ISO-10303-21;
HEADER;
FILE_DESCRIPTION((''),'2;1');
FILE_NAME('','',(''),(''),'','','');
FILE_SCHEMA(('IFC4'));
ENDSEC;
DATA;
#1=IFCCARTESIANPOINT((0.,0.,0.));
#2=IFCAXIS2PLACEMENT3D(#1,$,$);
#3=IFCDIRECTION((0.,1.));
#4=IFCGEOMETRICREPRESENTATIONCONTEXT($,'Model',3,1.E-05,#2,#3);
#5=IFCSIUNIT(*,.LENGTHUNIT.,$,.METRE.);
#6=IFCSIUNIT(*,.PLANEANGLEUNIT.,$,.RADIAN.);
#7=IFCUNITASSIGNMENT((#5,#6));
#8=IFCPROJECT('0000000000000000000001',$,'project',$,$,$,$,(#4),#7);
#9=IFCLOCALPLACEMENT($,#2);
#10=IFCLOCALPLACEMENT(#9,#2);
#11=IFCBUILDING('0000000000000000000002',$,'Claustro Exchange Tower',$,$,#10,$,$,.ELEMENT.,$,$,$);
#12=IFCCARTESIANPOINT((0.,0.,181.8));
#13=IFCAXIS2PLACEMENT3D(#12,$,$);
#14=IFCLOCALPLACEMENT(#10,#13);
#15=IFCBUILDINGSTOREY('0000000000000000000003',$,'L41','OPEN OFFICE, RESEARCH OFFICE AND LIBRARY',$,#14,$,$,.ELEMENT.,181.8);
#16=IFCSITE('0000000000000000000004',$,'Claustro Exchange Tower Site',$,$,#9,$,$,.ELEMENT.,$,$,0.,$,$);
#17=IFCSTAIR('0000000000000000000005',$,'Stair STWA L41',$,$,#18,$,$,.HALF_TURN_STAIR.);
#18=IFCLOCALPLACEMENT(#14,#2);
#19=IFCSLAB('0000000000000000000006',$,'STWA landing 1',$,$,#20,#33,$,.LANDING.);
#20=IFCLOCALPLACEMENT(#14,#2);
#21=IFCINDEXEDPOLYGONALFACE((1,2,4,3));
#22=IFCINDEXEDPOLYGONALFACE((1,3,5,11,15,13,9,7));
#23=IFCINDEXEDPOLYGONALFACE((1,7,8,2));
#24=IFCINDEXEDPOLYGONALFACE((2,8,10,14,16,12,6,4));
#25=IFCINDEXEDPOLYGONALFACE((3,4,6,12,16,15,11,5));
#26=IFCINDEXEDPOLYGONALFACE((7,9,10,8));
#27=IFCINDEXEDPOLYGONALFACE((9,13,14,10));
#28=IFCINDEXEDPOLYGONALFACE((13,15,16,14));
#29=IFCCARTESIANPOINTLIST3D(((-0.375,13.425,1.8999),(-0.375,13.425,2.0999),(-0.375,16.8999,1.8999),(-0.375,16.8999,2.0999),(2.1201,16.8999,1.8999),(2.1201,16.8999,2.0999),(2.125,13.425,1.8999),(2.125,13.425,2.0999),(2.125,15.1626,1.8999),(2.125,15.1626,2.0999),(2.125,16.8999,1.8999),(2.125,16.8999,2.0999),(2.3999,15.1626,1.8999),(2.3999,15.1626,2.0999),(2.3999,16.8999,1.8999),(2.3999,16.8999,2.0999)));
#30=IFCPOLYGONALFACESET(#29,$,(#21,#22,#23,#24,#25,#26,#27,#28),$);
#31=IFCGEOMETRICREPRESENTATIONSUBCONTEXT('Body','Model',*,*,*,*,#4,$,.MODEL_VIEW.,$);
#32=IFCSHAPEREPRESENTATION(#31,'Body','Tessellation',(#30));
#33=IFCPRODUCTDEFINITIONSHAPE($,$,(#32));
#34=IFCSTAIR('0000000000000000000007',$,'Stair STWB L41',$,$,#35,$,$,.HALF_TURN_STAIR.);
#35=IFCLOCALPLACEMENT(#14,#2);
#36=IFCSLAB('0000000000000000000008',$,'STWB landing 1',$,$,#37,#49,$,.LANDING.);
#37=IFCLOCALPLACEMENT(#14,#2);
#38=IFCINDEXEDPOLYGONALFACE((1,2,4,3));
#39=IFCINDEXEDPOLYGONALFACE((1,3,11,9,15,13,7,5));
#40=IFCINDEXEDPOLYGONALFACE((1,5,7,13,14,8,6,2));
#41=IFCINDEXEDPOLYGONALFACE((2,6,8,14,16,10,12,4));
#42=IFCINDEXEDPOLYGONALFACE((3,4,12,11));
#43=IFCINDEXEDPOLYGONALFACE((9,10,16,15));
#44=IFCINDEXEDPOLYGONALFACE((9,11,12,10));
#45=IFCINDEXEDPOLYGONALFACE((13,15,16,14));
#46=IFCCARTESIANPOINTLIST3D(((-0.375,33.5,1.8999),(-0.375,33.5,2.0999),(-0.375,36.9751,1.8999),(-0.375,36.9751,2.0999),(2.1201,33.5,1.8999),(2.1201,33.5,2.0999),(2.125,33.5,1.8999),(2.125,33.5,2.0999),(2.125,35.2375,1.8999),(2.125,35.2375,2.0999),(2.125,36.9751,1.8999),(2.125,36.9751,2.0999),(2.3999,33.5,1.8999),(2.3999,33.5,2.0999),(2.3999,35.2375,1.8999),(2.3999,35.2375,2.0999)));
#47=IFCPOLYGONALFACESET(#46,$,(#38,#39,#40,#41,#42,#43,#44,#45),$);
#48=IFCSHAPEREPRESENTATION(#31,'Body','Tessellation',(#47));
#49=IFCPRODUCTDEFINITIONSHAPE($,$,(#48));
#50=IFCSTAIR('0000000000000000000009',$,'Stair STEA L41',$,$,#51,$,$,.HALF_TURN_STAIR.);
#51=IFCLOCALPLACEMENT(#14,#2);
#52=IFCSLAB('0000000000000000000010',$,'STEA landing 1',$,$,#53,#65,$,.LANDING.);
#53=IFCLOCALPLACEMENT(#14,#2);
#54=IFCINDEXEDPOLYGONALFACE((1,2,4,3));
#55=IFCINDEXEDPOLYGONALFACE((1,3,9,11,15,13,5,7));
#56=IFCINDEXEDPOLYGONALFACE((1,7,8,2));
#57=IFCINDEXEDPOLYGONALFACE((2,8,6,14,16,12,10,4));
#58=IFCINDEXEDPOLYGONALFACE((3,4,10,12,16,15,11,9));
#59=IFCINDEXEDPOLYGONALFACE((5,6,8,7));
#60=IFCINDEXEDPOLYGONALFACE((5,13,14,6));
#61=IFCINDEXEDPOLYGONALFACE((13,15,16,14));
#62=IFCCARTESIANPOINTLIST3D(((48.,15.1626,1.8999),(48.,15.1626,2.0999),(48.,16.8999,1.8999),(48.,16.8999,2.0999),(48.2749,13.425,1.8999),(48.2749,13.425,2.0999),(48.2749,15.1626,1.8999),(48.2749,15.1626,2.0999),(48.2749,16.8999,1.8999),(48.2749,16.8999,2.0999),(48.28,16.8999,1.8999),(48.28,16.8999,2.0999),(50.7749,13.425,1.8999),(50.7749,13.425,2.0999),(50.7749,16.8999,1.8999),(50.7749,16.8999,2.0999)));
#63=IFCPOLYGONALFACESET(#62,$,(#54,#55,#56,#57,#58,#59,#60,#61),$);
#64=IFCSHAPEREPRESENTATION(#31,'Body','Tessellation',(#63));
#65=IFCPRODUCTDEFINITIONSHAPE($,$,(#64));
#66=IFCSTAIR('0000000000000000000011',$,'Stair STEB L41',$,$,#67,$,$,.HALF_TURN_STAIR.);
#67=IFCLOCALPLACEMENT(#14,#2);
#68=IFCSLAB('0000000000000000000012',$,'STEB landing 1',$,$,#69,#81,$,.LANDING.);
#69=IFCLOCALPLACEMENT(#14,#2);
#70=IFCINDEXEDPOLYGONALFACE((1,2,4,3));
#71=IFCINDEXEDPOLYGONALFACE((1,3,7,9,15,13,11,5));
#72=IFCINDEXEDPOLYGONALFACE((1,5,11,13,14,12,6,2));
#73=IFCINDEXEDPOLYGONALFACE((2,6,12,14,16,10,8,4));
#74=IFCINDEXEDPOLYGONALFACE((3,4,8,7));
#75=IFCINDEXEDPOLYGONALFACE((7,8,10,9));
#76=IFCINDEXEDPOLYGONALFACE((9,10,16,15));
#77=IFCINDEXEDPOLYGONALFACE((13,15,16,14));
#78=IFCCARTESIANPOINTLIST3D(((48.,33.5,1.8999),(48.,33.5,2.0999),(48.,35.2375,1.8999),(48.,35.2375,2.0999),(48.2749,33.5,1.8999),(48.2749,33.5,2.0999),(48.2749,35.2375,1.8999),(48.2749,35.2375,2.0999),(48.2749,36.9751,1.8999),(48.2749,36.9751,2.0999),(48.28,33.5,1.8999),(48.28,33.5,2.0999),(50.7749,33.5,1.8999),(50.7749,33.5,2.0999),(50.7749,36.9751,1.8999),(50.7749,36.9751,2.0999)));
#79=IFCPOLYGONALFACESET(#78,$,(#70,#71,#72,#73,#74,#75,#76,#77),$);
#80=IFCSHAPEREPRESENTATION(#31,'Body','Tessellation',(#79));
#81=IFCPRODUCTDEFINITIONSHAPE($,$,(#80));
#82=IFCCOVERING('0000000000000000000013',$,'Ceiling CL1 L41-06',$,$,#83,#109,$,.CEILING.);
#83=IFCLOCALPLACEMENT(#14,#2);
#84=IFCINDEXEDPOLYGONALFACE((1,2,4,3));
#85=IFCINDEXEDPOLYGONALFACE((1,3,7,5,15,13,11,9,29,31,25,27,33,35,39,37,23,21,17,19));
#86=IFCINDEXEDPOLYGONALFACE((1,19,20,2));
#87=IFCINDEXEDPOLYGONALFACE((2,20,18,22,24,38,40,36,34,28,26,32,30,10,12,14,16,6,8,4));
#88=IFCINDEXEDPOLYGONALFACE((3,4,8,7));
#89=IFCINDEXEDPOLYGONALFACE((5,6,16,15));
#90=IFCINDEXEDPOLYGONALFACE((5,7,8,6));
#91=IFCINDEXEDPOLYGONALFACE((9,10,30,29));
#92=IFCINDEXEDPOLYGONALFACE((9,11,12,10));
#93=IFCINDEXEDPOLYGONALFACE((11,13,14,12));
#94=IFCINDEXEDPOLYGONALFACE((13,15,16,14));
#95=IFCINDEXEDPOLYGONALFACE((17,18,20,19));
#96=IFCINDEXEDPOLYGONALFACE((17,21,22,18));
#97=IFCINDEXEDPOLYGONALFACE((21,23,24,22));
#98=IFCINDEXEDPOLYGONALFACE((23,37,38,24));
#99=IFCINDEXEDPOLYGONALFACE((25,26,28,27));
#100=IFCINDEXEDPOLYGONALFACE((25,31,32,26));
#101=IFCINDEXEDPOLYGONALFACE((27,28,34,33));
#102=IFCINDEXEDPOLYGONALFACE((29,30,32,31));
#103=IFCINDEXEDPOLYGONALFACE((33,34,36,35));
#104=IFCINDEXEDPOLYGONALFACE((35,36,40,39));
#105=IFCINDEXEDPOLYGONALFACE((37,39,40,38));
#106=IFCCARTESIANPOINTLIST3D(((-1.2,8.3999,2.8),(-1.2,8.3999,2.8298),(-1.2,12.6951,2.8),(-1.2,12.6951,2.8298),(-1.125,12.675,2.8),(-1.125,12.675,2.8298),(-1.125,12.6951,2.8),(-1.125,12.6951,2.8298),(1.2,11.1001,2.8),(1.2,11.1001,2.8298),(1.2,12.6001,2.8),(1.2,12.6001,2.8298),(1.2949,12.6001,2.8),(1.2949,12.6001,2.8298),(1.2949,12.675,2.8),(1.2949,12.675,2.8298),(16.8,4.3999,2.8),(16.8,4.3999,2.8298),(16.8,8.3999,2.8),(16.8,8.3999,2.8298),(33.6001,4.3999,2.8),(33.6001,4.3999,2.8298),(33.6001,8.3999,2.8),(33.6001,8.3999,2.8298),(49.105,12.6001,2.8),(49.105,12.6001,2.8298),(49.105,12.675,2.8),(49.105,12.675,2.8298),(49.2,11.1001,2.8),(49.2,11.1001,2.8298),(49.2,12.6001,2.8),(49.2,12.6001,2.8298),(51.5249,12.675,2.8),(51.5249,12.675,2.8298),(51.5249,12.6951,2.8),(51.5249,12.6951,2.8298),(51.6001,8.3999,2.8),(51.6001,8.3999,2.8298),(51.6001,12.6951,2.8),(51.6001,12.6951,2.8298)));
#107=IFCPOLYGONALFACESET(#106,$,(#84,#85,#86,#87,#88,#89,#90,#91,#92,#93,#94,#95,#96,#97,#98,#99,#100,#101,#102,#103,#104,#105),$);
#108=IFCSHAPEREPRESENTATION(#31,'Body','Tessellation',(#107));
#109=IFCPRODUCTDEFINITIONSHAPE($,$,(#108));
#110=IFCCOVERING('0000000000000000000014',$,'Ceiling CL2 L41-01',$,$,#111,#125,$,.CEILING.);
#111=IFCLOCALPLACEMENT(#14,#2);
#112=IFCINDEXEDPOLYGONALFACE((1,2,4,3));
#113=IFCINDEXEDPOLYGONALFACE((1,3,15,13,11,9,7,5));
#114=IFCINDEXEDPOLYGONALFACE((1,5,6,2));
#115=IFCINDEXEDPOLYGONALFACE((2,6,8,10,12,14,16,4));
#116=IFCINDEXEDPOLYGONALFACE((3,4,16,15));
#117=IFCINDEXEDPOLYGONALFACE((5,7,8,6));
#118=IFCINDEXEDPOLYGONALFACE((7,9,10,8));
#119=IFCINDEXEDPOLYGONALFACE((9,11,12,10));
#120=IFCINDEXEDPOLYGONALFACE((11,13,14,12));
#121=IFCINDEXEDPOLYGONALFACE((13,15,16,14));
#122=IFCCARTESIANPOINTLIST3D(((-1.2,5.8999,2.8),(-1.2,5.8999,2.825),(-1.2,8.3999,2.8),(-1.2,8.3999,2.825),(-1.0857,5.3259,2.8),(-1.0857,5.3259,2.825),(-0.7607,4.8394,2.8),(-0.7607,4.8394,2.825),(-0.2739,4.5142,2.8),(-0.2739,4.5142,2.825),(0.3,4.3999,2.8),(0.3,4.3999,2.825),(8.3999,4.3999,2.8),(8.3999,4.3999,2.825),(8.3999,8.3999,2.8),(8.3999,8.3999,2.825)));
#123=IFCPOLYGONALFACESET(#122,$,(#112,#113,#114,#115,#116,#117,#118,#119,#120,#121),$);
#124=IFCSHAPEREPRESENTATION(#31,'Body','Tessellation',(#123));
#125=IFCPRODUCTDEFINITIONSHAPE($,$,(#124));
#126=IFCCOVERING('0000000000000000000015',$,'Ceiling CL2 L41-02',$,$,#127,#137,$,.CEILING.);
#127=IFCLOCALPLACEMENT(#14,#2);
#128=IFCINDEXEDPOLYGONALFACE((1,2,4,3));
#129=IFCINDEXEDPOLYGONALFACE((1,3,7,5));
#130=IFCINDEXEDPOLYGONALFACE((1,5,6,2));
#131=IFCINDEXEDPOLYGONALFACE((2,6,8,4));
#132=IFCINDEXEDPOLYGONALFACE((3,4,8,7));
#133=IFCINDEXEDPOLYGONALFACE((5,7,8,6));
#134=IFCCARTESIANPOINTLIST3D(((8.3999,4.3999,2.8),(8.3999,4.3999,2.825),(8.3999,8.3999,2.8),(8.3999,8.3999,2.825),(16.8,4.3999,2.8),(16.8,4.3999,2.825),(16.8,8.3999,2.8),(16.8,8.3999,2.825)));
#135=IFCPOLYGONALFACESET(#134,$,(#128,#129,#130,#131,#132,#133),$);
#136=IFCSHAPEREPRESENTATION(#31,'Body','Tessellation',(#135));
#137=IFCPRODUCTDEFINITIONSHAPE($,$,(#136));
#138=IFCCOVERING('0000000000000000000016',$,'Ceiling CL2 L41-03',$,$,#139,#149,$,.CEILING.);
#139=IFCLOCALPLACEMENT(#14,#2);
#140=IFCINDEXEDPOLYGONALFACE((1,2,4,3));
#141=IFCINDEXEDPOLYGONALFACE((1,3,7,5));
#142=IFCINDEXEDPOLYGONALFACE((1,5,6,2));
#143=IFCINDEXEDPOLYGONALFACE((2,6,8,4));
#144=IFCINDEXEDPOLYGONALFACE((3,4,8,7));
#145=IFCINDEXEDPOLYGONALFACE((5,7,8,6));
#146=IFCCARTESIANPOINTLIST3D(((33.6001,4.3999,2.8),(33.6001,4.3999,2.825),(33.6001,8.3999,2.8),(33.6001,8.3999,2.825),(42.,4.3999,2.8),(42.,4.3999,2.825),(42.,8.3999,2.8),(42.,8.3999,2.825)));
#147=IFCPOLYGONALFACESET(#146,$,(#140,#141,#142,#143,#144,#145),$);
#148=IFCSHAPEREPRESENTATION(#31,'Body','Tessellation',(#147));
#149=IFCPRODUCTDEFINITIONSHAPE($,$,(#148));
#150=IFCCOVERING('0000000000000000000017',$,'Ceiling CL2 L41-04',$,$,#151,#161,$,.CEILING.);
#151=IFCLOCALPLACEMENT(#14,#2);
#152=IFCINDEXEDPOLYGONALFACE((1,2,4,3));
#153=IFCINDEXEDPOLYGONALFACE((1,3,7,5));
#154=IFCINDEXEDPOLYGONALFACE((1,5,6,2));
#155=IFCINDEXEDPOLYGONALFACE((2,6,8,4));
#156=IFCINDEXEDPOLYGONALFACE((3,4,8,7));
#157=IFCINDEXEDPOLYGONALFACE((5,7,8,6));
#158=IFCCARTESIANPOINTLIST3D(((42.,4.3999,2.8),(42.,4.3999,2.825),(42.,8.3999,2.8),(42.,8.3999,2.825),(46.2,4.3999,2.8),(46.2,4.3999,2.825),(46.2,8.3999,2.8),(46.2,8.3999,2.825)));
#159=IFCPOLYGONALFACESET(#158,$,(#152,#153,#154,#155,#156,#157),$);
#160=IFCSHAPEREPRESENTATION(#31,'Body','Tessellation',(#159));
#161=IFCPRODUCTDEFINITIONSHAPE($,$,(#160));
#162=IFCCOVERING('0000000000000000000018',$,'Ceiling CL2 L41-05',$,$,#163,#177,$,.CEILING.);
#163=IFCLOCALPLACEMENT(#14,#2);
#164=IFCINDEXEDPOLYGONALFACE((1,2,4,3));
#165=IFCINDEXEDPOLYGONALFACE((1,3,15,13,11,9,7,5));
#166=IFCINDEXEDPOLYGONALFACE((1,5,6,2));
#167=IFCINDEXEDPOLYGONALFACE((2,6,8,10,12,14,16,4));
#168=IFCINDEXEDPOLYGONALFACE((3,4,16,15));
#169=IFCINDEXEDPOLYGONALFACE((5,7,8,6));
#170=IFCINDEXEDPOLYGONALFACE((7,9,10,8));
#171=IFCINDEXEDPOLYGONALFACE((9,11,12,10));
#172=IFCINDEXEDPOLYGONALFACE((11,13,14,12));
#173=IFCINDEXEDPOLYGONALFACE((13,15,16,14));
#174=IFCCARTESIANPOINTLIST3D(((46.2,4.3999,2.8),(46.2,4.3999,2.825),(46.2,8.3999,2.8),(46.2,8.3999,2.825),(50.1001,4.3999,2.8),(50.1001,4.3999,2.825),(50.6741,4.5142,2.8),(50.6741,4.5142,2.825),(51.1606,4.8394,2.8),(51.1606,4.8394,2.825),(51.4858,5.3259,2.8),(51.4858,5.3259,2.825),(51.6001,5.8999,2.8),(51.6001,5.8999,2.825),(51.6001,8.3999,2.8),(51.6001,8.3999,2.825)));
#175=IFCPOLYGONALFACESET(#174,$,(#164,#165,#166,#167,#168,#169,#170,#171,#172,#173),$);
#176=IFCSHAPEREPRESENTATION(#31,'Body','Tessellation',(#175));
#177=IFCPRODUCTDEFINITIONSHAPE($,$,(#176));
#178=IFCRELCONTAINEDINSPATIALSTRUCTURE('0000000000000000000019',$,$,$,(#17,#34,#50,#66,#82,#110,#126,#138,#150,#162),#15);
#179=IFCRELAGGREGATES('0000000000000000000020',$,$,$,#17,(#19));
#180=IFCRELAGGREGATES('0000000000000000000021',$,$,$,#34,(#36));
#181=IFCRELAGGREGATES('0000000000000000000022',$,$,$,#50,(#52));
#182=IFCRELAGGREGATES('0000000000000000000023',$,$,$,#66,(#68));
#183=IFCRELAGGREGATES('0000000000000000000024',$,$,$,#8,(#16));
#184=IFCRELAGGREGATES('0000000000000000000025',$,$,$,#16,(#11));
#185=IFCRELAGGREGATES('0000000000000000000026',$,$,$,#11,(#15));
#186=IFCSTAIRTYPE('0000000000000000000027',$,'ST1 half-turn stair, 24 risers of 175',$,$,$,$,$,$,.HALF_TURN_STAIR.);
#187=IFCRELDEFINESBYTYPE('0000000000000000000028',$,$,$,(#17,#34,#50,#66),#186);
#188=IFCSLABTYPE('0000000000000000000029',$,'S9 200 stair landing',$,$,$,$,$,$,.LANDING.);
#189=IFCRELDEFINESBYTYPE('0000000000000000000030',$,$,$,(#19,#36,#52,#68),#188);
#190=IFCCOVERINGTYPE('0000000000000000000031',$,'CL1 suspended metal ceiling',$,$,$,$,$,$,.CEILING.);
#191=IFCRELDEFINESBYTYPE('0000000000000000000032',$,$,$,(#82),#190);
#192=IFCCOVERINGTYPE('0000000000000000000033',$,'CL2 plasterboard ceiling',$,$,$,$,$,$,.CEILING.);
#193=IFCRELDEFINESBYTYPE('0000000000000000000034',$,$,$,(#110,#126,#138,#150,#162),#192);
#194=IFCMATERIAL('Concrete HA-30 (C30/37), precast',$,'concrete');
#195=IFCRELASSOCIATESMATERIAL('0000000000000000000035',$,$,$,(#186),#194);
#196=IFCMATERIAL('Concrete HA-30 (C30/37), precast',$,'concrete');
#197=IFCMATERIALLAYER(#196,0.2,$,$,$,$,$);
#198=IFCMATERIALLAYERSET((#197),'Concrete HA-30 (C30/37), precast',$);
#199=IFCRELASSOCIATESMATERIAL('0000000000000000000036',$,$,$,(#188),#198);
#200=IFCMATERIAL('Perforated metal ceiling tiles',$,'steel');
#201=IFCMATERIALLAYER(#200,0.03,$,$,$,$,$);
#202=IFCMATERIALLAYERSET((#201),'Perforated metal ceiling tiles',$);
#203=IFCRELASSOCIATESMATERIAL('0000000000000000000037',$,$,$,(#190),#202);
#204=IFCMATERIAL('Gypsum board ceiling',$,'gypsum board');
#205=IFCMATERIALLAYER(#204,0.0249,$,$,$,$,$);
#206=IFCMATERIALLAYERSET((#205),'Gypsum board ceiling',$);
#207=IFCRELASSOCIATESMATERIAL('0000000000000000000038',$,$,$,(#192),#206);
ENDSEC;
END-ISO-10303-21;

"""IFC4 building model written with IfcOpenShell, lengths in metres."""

from ifc_helpers import new_model, si_unit, direction, frame, origin, place, context, subcontext, project, spatial, polyline, outline, extrude, material, layer, layer_set, type_object, element, aggregate, save


model = new_model("IFC4")

# Units and contexts
model_context = context("Model", 3, precision=1e-05, world=origin(), true_north=direction((0.0, 1.0)))
body_context = subcontext(model_context, "Body", "Model", "MODEL_VIEW")
ifc_project = project(units=[si_unit("LENGTHUNIT", "METRE"), si_unit("PLANEANGLEUNIT", "RADIAN")], contexts=[model_context])

# Site, building, storey
site_placement = place(None, origin())
site = spatial("IfcSite", under=ifc_project, at=site_placement, Name="Claustro Exchange Tower Site", CompositionType="ELEMENT", RefElevation=0.0)
building_placement = place(site_placement, origin())
building = spatial("IfcBuilding", under=site, at=building_placement, Name="Claustro Exchange Tower", CompositionType="ELEMENT")
storey_placement = place(building_placement, frame((0.0, 0.0, 181.8)))
storey = spatial("IfcBuildingStorey", under=building, at=storey_placement, Name="L41", Description="OPEN OFFICE, RESEARCH OFFICE AND LIBRARY", CompositionType="ELEMENT", Elevation=181.8)

# Stairs, slabs
ifc_material_1 = material(Name="Concrete HA-30 (C30/37), precast", Category="concrete")
stair_type = type_object("IfcStairType", Name="ST1 half-turn stair, 24 risers of 175", PredefinedType="HALF_TURN_STAIR", material=ifc_material_1)
stair_1_placement = place(storey_placement, origin())
stair_1 = element("IfcStair", 1, at=stair_1_placement, inside=storey, type_object=stair_type, Name="Stair STWA L41", PredefinedType="HALF_TURN_STAIR")
ifc_material_2 = material(Name="Concrete HA-30 (C30/37), precast", Category="concrete")
ifc_layer_1 = layer(ifc_material_2, 0.2)
ifc_layer_set_1 = layer_set([ifc_layer_1], Name="Concrete HA-30 (C30/37), precast")
slab_type_1 = type_object("IfcSlabType", Name="S9 200 stair landing", PredefinedType="LANDING", material=ifc_layer_set_1)
slab_1_placement = place(storey_placement, frame((0.0, 0.0, 1.8999)))
slab_1 = element("IfcSlab", 2, at=slab_1_placement, type_object=slab_type_1, Name="STWA landing 1", PredefinedType="LANDING", context=body_context, shape_type="SweptSolid", body=[
    extrude(outline(polyline([(2.125, 13.425), (-0.375, 13.425), (-0.375, 16.8999), (2.1201, 16.8999), (2.125, 16.8999), (2.3999, 16.8999), (2.3999, 15.1626), (2.125, 15.1626), (2.125, 13.425)])), origin(), (0.0, 0.0, 1.0), 0.2),
])
aggregate(stair_1, [slab_1])
stair_2_placement = place(storey_placement, origin())
stair_2 = element("IfcStair", 3, at=stair_2_placement, inside=storey, type_object=stair_type, Name="Stair STWB L41", PredefinedType="HALF_TURN_STAIR")
slab_2_placement = place(storey_placement, frame((0.0, 0.0, 1.8999)))
slab_2 = element("IfcSlab", 4, at=slab_2_placement, type_object=slab_type_1, Name="STWB landing 1", PredefinedType="LANDING", context=body_context, shape_type="SweptSolid", body=[
    extrude(outline(polyline([(2.3999, 35.2375), (2.3999, 33.5), (2.125, 33.5), (2.1201, 33.5), (-0.375, 33.5), (-0.375, 36.9751), (2.125, 36.9751), (2.125, 35.2375), (2.3999, 35.2375)])), origin(), (0.0, 0.0, 1.0), 0.2),
])
aggregate(stair_2, [slab_2])
stair_3_placement = place(storey_placement, origin())
stair_3 = element("IfcStair", 5, at=stair_3_placement, inside=storey, type_object=stair_type, Name="Stair STEA L41", PredefinedType="HALF_TURN_STAIR")
slab_3_placement = place(storey_placement, frame((0.0, 0.0, 1.8999)))
slab_3 = element("IfcSlab", 6, at=slab_3_placement, type_object=slab_type_1, Name="STEA landing 1", PredefinedType="LANDING", context=body_context, shape_type="SweptSolid", body=[
    extrude(outline(polyline([(50.7749, 16.8999), (50.7749, 13.425), (48.2749, 13.425), (48.2749, 15.1626), (48.0, 15.1626), (48.0, 16.8999), (48.2749, 16.8999), (48.28, 16.8999), (50.7749, 16.8999)])), origin(), (0.0, 0.0, 1.0), 0.2),
])
aggregate(stair_3, [slab_3])
stair_4_placement = place(storey_placement, origin())
stair_4 = element("IfcStair", 7, at=stair_4_placement, inside=storey, type_object=stair_type, Name="Stair STEB L41", PredefinedType="HALF_TURN_STAIR")
slab_4_placement = place(storey_placement, frame((0.0, 0.0, 1.8999)))
slab_4 = element("IfcSlab", 8, at=slab_4_placement, type_object=slab_type_1, Name="STEB landing 1", PredefinedType="LANDING", context=body_context, shape_type="SweptSolid", body=[
    extrude(outline(polyline([(48.0, 33.5), (48.0, 35.2375), (48.2749, 35.2375), (48.2749, 36.9751), (50.7749, 36.9751), (50.7749, 33.5), (48.28, 33.5), (48.2749, 33.5), (48.0, 33.5)])), origin(), (0.0, 0.0, 1.0), 0.2),
])
aggregate(stair_4, [slab_4])

# Coverings
ifc_material_3 = material(Name="Perforated metal ceiling tiles", Category="steel")
ifc_layer_2 = layer(ifc_material_3, 0.03)
ifc_layer_set_2 = layer_set([ifc_layer_2], Name="Perforated metal ceiling tiles")
covering_type_1 = type_object("IfcCoveringType", Name="CL1 suspended metal ceiling", PredefinedType="CEILING", material=ifc_layer_set_2)
covering_1_placement = place(storey_placement, frame((0.0, 0.0, 2.8)))
element("IfcCovering", 9, at=covering_1_placement, inside=storey, type_object=covering_type_1, Name="Ceiling CL1 L41-06", PredefinedType="CEILING", context=body_context, shape_type="SweptSolid", body=[
    extrude(outline(polyline([(1.2, 11.1001), (1.2, 12.6001), (1.2949, 12.6001), (1.2949, 12.675), (-1.125, 12.675), (-1.125, 12.6951), (-1.2, 12.6951), (-1.2, 8.3999), (16.8, 8.3999), (16.8, 4.3999), (33.6001, 4.3999), (33.6001, 8.3999), (51.6001, 8.3999), (51.6001, 12.6951), (51.5249, 12.6951), (51.5249, 12.675), (49.105, 12.675), (49.105, 12.6001), (49.2, 12.6001), (49.2, 11.1001), (1.2, 11.1001)])), origin(), (0.0, 0.0, 1.0), 0.0298),
])
ifc_material_4 = material(Name="Gypsum board ceiling", Category="gypsum board")
ifc_layer_3 = layer(ifc_material_4, 0.0249)
ifc_layer_set_3 = layer_set([ifc_layer_3], Name="Gypsum board ceiling")
covering_type_2 = type_object("IfcCoveringType", Name="CL2 plasterboard ceiling", PredefinedType="CEILING", material=ifc_layer_set_3)
covering_2_placement = place(storey_placement, frame((0.0, 0.0, 2.8)))
element("IfcCovering", 10, at=covering_2_placement, inside=storey, type_object=covering_type_2, Name="Ceiling CL2 L41-01", PredefinedType="CEILING", context=body_context, shape_type="SweptSolid", body=[
    extrude(outline(polyline([(-1.0857, 5.3259), (-0.7607, 4.8394), (-0.2739, 4.5142), (0.3, 4.3999), (8.3999, 4.3999), (8.3999, 8.3999), (-1.2, 8.3999), (-1.2, 5.8999), (-1.0857, 5.3259)])), origin(), (0.0, 0.0, 1.0), 0.0249),
])
covering_3_placement = place(storey_placement, frame((0.0, 0.0, 2.8)))
element("IfcCovering", 11, at=covering_3_placement, inside=storey, type_object=covering_type_2, Name="Ceiling CL2 L41-02", PredefinedType="CEILING", context=body_context, shape_type="SweptSolid", body=[
    extrude(outline(polyline([(8.3999, 4.3999), (16.8, 4.3999), (16.8, 8.3999), (8.3999, 8.3999), (8.3999, 4.3999)])), origin(), (0.0, 0.0, 1.0), 0.0249),
])
covering_4_placement = place(storey_placement, frame((0.0, 0.0, 2.8)))
element("IfcCovering", 12, at=covering_4_placement, inside=storey, type_object=covering_type_2, Name="Ceiling CL2 L41-03", PredefinedType="CEILING", context=body_context, shape_type="SweptSolid", body=[
    extrude(outline(polyline([(33.6001, 4.3999), (42.0, 4.3999), (42.0, 8.3999), (33.6001, 8.3999), (33.6001, 4.3999)])), origin(), (0.0, 0.0, 1.0), 0.0249),
])
covering_5_placement = place(storey_placement, frame((0.0, 0.0, 2.8)))
element("IfcCovering", 13, at=covering_5_placement, inside=storey, type_object=covering_type_2, Name="Ceiling CL2 L41-04", PredefinedType="CEILING", context=body_context, shape_type="SweptSolid", body=[
    extrude(outline(polyline([(42.0, 4.3999), (46.2, 4.3999), (46.2, 8.3999), (42.0, 8.3999), (42.0, 4.3999)])), origin(), (0.0, 0.0, 1.0), 0.0249),
])
covering_6_placement = place(storey_placement, frame((0.0, 0.0, 2.8)))
element("IfcCovering", 14, at=covering_6_placement, inside=storey, type_object=covering_type_2, Name="Ceiling CL2 L41-05", PredefinedType="CEILING", context=body_context, shape_type="SweptSolid", body=[
    extrude(outline(polyline([(51.6001, 5.8999), (51.6001, 8.3999), (46.2, 8.3999), (46.2, 4.3999), (50.1001, 4.3999), (50.6741, 4.5142), (51.1606, 4.8394), (51.4858, 5.3259), (51.6001, 5.8999)])), origin(), (0.0, 0.0, 1.0), 0.0249),
])

save(model, "model.ifc")
